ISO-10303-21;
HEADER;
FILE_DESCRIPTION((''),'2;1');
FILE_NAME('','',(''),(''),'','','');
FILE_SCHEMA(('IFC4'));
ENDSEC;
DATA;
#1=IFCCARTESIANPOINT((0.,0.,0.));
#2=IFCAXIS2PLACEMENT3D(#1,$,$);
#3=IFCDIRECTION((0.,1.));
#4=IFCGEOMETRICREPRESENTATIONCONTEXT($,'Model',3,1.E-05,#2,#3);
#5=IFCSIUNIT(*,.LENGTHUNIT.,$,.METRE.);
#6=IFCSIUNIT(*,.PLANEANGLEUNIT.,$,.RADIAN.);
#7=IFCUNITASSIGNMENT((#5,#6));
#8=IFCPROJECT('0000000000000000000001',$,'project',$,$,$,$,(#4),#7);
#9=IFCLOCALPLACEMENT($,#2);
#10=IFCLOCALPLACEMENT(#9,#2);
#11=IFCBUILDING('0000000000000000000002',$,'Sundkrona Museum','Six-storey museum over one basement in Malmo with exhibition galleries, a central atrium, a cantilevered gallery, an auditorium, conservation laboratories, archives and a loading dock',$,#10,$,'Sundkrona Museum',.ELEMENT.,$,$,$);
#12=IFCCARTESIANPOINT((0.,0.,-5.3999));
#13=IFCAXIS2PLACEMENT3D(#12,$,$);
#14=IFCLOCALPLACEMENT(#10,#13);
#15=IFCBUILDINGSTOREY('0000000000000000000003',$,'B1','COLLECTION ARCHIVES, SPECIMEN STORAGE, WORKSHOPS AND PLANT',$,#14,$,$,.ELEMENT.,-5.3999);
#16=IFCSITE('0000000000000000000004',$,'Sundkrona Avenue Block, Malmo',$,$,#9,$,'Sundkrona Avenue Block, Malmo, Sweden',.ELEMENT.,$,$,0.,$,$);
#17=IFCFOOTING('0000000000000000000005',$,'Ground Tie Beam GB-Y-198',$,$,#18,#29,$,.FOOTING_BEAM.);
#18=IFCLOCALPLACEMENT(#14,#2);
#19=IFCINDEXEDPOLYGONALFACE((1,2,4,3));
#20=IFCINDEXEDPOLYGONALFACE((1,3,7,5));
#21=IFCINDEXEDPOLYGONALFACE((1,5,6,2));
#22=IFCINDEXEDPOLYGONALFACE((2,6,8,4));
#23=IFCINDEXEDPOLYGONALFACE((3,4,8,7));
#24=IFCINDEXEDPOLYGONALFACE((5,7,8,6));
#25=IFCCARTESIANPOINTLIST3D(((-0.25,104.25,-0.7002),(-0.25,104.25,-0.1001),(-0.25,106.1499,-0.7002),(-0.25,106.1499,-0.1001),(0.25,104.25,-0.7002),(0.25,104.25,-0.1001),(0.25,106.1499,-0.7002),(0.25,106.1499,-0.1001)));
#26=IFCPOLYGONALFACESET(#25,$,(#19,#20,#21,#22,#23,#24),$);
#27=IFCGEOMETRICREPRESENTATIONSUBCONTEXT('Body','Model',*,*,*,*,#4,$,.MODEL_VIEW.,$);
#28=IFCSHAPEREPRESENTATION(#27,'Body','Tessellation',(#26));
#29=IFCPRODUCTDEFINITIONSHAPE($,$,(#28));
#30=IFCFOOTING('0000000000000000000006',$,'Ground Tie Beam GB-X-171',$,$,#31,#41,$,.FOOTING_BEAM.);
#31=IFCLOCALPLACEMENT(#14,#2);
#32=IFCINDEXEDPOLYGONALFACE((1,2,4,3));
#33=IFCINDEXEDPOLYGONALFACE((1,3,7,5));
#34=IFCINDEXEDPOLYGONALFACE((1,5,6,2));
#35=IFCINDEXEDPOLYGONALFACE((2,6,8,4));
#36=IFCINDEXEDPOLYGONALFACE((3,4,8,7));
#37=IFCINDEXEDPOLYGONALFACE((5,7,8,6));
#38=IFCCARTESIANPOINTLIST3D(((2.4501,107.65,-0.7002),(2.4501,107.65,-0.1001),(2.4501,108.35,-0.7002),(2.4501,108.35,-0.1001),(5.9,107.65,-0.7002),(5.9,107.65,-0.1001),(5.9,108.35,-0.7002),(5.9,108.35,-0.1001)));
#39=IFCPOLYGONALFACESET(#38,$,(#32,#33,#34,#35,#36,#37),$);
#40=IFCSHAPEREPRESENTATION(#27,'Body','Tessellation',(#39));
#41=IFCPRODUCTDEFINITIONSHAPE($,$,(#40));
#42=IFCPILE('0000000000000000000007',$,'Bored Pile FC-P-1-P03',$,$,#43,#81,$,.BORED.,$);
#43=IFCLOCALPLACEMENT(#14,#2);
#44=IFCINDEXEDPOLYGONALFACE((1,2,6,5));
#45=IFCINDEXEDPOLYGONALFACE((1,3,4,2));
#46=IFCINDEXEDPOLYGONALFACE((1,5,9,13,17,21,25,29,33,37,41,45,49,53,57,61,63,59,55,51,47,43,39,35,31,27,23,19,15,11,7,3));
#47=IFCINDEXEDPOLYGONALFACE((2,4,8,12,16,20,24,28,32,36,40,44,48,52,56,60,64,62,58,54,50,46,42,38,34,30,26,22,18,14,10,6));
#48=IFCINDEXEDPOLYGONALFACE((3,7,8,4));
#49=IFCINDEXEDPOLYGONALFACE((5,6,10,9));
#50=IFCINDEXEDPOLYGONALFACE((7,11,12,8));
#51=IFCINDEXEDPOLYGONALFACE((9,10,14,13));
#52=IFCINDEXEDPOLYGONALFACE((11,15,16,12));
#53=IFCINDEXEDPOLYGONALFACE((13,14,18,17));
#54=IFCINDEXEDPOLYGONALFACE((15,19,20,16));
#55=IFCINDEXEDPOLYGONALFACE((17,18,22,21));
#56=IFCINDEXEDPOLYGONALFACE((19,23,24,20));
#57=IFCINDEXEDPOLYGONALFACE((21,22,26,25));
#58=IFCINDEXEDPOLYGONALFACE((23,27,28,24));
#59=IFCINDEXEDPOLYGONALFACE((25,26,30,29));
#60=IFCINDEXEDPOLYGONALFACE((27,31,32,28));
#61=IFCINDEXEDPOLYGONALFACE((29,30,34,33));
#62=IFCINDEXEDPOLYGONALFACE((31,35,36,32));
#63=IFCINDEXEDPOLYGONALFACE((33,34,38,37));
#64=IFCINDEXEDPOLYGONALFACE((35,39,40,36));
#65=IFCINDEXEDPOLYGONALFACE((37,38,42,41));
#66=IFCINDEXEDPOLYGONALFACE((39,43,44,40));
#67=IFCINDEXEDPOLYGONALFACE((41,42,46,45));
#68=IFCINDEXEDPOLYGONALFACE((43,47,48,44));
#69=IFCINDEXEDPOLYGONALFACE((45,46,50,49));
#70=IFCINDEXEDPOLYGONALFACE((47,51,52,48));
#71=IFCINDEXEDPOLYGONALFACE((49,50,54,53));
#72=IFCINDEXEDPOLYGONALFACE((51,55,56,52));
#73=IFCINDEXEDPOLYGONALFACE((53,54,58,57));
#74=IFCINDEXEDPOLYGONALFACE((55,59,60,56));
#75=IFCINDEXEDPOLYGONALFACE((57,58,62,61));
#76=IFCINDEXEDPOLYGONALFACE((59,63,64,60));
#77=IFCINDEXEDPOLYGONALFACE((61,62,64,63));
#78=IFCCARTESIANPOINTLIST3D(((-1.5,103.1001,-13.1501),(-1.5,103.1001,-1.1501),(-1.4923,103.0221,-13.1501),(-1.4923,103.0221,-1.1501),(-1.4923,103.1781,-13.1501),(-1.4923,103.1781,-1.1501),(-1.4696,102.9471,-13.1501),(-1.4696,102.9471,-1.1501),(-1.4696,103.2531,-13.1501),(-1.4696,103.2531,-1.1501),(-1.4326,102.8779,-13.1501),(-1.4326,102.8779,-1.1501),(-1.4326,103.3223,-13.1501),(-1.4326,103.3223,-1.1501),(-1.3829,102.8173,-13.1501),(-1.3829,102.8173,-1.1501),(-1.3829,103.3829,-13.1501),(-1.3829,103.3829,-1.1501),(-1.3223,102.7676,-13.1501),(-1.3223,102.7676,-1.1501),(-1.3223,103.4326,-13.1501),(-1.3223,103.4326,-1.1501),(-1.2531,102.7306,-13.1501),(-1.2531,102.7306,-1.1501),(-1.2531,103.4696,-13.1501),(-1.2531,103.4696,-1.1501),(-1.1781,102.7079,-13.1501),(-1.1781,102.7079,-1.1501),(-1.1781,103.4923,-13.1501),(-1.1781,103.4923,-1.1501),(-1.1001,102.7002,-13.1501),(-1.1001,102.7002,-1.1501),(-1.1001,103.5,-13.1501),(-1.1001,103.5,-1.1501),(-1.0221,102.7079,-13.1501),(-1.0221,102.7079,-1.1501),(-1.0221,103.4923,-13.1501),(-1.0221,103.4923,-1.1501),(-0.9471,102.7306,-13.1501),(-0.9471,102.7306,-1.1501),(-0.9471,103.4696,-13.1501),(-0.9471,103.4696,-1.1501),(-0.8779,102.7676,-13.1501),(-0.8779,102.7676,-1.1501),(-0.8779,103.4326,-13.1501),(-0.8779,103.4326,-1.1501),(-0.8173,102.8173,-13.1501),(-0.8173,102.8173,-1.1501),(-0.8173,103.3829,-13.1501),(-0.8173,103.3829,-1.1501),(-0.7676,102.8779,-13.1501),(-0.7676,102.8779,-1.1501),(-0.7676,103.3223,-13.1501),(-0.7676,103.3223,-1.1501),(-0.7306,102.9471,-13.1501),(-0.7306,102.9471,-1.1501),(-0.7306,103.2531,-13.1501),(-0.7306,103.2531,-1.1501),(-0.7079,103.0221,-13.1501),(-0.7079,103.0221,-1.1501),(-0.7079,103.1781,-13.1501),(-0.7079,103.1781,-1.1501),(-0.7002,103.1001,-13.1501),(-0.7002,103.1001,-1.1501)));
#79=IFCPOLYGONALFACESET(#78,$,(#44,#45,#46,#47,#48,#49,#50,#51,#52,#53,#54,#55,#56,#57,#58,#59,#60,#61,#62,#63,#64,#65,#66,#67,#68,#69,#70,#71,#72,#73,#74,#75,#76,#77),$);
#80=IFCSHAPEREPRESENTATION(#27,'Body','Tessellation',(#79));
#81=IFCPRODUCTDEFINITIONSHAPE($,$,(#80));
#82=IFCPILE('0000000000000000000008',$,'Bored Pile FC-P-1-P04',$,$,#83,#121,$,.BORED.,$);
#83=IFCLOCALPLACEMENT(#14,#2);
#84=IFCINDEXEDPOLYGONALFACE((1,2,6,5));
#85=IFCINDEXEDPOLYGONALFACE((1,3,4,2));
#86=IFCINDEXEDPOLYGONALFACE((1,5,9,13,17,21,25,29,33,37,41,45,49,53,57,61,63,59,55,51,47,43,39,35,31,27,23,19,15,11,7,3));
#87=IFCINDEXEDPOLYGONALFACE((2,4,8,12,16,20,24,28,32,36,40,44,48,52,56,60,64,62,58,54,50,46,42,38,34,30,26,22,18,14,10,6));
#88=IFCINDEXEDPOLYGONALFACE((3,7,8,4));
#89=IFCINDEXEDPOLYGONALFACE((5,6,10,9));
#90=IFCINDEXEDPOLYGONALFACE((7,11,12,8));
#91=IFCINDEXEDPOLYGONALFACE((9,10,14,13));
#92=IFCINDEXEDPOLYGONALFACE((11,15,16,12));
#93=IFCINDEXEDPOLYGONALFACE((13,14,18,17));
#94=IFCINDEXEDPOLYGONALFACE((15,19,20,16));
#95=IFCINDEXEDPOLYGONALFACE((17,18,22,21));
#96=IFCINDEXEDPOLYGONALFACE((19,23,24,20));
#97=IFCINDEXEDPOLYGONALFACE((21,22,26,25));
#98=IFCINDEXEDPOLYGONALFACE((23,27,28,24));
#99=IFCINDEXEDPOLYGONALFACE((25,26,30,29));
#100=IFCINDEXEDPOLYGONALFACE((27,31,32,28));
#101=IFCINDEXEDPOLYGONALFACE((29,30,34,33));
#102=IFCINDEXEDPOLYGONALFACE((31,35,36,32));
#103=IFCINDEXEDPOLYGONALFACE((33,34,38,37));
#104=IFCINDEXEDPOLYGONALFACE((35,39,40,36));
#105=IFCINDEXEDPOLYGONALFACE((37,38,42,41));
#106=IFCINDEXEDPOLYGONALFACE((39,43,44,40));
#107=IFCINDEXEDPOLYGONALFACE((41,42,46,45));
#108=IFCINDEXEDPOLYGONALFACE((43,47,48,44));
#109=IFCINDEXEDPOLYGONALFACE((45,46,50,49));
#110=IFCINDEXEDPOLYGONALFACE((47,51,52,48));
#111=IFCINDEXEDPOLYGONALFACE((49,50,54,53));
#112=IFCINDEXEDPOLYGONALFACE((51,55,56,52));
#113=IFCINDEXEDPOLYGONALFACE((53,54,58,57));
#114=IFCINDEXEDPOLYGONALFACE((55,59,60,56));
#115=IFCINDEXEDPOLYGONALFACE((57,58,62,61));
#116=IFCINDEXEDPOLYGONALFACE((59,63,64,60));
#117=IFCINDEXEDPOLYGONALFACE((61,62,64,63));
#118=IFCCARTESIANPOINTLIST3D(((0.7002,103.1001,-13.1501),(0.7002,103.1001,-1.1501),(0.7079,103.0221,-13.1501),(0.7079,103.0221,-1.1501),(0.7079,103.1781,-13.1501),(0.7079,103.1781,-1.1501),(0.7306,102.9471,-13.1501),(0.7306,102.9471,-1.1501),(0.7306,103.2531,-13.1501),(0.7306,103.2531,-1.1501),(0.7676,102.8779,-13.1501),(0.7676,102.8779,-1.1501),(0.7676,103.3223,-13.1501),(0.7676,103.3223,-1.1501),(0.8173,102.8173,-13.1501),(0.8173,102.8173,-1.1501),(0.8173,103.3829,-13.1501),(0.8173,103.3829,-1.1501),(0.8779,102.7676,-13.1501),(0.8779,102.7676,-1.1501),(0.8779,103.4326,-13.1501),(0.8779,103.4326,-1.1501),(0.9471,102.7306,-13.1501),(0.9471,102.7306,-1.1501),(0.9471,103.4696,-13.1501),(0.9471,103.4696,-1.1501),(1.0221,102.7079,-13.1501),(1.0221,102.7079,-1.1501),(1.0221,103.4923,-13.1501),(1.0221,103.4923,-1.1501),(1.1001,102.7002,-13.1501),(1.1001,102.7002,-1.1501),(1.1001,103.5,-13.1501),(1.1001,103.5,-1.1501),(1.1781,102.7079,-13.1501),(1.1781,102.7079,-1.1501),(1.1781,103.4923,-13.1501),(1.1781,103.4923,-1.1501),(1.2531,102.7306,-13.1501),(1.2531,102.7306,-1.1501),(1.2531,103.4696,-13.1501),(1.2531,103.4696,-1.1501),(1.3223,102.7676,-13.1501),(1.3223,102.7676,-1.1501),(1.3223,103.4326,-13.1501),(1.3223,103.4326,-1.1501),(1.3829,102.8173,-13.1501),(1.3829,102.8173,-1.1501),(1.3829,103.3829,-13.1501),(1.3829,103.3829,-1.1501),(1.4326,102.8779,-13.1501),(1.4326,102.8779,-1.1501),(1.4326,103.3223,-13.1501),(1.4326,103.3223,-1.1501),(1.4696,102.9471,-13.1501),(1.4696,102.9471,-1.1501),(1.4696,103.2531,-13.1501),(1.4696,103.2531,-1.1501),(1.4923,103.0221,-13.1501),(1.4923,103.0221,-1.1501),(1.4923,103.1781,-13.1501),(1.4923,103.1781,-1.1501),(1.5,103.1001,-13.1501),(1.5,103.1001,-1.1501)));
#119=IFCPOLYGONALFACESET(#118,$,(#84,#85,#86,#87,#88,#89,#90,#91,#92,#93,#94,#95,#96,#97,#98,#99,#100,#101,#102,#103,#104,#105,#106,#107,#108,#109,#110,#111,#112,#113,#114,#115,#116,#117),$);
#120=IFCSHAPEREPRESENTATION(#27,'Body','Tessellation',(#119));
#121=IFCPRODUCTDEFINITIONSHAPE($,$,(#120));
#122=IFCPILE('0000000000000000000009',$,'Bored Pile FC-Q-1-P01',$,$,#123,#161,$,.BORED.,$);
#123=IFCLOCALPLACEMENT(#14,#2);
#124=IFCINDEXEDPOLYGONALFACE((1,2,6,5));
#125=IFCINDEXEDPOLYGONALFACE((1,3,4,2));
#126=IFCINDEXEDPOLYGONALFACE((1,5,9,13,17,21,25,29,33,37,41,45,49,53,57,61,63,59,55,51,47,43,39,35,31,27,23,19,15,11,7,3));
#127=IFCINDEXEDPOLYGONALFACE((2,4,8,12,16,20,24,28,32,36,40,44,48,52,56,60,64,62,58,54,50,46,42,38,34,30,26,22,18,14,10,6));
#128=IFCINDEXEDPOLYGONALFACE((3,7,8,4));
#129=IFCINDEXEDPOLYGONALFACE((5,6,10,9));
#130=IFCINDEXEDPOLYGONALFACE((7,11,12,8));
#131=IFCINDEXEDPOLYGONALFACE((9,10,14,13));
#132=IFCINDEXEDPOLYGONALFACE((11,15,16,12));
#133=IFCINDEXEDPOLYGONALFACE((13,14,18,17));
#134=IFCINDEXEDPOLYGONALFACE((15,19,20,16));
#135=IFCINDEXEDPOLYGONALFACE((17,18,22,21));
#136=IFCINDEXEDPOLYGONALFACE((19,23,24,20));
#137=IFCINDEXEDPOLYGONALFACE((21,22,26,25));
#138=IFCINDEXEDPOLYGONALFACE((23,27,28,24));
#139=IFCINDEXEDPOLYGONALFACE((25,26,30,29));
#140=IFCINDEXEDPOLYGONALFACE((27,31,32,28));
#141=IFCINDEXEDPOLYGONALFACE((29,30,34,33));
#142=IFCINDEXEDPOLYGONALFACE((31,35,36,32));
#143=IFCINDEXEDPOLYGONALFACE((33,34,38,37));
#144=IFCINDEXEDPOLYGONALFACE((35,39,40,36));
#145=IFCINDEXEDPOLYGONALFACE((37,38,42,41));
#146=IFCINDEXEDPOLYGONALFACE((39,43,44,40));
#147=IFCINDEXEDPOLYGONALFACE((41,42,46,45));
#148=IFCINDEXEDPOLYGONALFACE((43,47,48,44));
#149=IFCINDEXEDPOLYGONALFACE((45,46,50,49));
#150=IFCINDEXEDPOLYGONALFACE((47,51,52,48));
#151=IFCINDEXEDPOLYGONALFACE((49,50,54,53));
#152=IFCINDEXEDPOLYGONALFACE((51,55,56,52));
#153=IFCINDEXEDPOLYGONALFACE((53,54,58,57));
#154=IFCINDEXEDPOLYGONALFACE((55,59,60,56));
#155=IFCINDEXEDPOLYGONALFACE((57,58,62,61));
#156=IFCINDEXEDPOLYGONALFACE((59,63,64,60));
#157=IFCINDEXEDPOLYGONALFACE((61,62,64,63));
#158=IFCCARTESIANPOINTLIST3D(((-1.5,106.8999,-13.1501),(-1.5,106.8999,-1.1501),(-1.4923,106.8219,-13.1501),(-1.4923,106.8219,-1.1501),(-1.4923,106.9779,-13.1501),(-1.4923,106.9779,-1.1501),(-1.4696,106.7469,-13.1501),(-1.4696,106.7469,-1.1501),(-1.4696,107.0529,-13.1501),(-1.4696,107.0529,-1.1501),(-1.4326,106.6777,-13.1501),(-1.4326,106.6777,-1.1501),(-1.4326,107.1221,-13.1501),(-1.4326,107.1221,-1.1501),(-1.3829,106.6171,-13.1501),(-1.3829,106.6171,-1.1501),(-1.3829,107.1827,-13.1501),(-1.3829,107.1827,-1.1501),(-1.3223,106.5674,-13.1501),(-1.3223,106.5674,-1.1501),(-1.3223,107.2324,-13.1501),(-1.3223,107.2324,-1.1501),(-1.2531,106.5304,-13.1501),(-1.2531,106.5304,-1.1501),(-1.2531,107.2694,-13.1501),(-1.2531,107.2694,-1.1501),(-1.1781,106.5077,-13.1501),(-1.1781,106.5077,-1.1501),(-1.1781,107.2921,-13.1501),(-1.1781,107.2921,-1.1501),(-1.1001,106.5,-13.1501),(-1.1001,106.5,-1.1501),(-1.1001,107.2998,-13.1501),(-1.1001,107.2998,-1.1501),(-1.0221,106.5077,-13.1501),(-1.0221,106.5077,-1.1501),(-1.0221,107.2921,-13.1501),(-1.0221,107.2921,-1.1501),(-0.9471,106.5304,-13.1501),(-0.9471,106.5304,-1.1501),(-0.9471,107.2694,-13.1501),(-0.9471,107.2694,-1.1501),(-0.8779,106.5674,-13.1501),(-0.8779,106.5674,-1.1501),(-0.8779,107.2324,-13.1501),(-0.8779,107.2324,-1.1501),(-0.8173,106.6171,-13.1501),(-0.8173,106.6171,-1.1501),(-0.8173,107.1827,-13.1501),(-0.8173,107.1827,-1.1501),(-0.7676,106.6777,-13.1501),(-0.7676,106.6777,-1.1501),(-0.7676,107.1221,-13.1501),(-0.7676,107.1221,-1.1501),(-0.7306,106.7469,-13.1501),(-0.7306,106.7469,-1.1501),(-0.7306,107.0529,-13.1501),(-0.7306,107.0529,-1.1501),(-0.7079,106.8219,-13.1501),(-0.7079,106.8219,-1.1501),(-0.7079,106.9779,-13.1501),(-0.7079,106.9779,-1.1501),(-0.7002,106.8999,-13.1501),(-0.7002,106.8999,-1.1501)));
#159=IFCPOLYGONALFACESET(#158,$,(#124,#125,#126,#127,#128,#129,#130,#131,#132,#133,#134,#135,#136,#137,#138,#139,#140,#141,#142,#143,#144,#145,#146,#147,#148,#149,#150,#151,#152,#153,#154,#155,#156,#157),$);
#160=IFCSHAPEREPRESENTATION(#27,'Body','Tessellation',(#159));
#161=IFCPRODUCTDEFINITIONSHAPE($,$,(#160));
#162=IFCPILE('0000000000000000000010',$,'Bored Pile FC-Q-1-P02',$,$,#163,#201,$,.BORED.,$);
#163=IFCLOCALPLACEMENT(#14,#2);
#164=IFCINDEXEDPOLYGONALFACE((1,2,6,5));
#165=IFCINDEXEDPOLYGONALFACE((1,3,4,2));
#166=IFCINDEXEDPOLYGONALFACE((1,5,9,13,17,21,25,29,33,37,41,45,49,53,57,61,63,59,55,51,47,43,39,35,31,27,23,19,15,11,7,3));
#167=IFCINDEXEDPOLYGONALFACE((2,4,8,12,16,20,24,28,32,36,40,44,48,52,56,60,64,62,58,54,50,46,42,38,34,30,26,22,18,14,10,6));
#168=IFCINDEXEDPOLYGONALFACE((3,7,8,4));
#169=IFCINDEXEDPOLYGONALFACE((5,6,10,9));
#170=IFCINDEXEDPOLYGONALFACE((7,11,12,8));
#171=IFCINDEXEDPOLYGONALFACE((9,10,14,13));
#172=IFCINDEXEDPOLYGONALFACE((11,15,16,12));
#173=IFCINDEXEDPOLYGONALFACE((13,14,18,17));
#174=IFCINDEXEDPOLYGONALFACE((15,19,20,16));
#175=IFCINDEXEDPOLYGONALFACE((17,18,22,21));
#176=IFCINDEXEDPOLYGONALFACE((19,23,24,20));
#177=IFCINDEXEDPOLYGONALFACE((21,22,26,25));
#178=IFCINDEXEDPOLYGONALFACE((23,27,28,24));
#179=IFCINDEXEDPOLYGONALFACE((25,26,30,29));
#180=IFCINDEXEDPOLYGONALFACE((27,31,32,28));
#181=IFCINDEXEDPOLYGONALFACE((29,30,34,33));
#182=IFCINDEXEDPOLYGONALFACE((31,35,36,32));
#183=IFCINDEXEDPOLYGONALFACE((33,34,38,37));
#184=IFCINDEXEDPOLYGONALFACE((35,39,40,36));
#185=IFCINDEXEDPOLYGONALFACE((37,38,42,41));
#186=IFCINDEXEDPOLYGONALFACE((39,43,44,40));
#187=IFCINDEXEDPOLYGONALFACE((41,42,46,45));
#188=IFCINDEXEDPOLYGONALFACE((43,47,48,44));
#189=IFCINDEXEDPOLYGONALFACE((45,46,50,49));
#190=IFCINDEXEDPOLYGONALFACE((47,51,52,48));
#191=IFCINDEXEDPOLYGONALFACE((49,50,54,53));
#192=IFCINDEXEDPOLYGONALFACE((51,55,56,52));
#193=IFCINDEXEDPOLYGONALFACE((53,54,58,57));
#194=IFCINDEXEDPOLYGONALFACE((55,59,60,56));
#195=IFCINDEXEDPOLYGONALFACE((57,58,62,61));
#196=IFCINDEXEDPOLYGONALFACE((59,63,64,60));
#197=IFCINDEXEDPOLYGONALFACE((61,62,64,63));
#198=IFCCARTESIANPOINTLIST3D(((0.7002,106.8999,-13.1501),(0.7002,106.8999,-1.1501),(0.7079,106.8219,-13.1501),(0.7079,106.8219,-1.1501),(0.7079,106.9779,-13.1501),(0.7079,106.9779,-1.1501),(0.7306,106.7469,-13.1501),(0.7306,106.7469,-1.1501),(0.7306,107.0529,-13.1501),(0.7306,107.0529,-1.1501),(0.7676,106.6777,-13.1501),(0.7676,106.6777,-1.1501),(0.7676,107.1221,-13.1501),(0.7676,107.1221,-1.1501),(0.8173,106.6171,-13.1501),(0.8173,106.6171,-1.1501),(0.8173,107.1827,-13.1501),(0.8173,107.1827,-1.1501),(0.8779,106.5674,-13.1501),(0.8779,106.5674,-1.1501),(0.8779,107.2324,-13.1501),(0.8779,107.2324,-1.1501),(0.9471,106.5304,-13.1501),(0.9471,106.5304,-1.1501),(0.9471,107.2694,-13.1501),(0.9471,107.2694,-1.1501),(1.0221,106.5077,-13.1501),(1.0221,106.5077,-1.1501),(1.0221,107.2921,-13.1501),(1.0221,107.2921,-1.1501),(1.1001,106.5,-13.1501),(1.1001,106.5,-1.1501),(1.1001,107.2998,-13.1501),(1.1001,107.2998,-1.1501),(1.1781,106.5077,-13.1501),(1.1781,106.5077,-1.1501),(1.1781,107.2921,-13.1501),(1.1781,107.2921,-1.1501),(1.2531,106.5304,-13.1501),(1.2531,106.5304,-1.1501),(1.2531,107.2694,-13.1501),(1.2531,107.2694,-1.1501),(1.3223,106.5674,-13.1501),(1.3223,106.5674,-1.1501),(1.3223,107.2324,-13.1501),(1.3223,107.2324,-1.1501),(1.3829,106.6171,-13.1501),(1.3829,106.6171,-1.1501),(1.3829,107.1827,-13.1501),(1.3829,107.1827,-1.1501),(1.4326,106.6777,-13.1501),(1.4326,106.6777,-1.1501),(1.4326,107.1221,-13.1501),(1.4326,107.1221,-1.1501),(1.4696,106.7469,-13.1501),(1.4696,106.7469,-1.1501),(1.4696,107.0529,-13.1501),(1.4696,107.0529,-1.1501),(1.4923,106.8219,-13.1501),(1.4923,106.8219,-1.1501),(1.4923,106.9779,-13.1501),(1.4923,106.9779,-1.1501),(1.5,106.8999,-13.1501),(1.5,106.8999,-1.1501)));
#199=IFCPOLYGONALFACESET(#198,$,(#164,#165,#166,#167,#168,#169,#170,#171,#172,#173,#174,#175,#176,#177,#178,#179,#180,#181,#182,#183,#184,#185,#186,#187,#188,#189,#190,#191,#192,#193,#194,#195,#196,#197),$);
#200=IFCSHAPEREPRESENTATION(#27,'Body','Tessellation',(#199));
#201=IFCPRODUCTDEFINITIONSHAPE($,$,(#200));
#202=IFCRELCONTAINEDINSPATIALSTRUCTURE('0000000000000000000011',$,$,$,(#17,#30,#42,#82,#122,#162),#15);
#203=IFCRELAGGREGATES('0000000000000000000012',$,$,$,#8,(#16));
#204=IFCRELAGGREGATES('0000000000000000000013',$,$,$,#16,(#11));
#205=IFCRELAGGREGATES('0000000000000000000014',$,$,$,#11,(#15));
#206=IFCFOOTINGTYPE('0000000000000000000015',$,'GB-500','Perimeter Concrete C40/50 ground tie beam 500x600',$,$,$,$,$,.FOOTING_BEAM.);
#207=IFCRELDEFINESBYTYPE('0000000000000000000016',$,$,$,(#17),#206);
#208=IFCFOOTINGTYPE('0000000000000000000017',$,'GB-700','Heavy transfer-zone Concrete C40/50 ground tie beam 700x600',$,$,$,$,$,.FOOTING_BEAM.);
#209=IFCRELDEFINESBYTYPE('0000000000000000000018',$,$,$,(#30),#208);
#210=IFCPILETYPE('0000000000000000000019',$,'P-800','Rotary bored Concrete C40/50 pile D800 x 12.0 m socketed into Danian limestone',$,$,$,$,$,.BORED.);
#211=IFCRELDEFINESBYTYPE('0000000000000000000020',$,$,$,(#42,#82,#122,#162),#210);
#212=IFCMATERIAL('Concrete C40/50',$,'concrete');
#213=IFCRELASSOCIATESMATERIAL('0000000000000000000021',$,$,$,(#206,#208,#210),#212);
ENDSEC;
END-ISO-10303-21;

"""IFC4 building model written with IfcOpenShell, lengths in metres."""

from ifc_helpers import new_model, si_unit, direction, frame, origin, origin_2d, place, context, subcontext, project, spatial, rectangle, circle, extrude, material, material_profile, profile_set, type_object, element, save


model = new_model("IFC4")

# Units and contexts
model_context = context("Model", 3, precision=1e-05, world=origin(), true_north=direction((0.0, 1.0)))
body_context = subcontext(model_context, "Body", "Model", "MODEL_VIEW")
ifc_project = project(units=[si_unit("LENGTHUNIT", "METRE"), si_unit("PLANEANGLEUNIT", "RADIAN")], contexts=[model_context])

# Site, building, storey
site_placement = place(None, origin())
site = spatial("IfcSite", under=ifc_project, at=site_placement, Name="Sundkrona Avenue Block, Malmo", LongName="Sundkrona Avenue Block, Malmo, Sweden", CompositionType="ELEMENT", RefElevation=0.0)
building_placement = place(site_placement, origin())
building = spatial("IfcBuilding", under=site, at=building_placement, Name="Sundkrona Museum", Description="Six-storey museum over one basement in Malmo with exhibition galleries, a central atrium, a cantilevered gallery, an auditorium, conservation laboratories, archives and a loading dock", LongName="Sundkrona Museum", CompositionType="ELEMENT")
storey_placement = place(building_placement, frame((0.0, 0.0, -5.3999)))
storey = spatial("IfcBuildingStorey", under=building, at=storey_placement, Name="B1", Description="COLLECTION ARCHIVES, SPECIMEN STORAGE, WORKSHOPS AND PLANT", CompositionType="ELEMENT", Elevation=-5.3999)

# Footings
ifc_material_1 = material(Name="Concrete C40/50", Category="concrete")
footing_type_1 = type_object("IfcFootingType", Name="GB-500", Description="Perimeter Concrete C40/50 ground tie beam 500x600", PredefinedType="FOOTING_BEAM", material=ifc_material_1)
footing_1_placement = place(storey_placement, frame((0.0, 105.2, -0.7002), z_axis=(0.0, 0.0, 1.0), x_axis=(0.0, 1.0, 0.0)))
element("IfcFooting", 1, at=footing_1_placement, inside=storey, type_object=footing_type_1, Name="Ground Tie Beam GB-Y-198", PredefinedType="FOOTING_BEAM", context=body_context, shape_type="SweptSolid", body=[
    extrude(rectangle(XDim=1.8999, YDim=0.5, at=origin_2d()), origin(), (0.0, 0.0, 1.0), 0.6001),
])
footing_type_2 = type_object("IfcFootingType", Name="GB-700", Description="Heavy transfer-zone Concrete C40/50 ground tie beam 700x600", PredefinedType="FOOTING_BEAM", material=ifc_material_1)
footing_2_placement = place(storey_placement, frame((4.175, 108.0, -0.7002), z_axis=(0.0, 0.0, 1.0), x_axis=(1.0, 0.0, 0.0)))
element("IfcFooting", 2, at=footing_2_placement, inside=storey, type_object=footing_type_2, Name="Ground Tie Beam GB-X-171", PredefinedType="FOOTING_BEAM", context=body_context, shape_type="SweptSolid", body=[
    extrude(rectangle(XDim=3.45, YDim=0.7, at=origin_2d()), origin(), (0.0, 0.0, 1.0), 0.6001),
])

# Piles
ifc_material_profile_1 = material_profile(ifc_material_1, circle(Radius=0.3999, at=origin_2d()), Name="PILE D800")
ifc_profile_set_1 = profile_set([ifc_material_profile_1], Name="Concrete C40/50")
pile_type = type_object("IfcPileType", Name="P-800", Description="Rotary bored Concrete C40/50 pile D800 x 12.0 m socketed into Danian limestone", PredefinedType="BORED", material=ifc_profile_set_1)
for number, where, z_axis, x_axis, name in (
    (3, (-1.1001, 103.1001, -1.1501), (0.0, 0.0, -1.0), (1.0, 0.0, 0.0), "Bored Pile FC-P-1-P03"),
    (4, (1.1001, 103.1001, -1.1501), (0.0, 0.0, -1.0), (1.0, 0.0, 0.0), "Bored Pile FC-P-1-P04"),
    (5, (-1.1001, 106.8999, -1.1501), (0.0, 0.0, -1.0), (1.0, 0.0, 0.0), "Bored Pile FC-Q-1-P01"),
    (6, (1.1001, 106.8999, -1.1501), (0.0, 0.0, -1.0), (1.0, 0.0, 0.0), "Bored Pile FC-Q-1-P02"),
):
    element("IfcPile", number, at=place(storey_placement, frame(where, z_axis=z_axis, x_axis=x_axis)), inside=storey, type_object=pile_type, Name=name, PredefinedType="BORED", context=body_context, shape_type="SweptSolid", body=[
        extrude(circle(Radius=0.3999, at=origin_2d()), origin(), (0.0, 0.0, 1.0), 12.0),
    ])

save(model, "model.ifc")
